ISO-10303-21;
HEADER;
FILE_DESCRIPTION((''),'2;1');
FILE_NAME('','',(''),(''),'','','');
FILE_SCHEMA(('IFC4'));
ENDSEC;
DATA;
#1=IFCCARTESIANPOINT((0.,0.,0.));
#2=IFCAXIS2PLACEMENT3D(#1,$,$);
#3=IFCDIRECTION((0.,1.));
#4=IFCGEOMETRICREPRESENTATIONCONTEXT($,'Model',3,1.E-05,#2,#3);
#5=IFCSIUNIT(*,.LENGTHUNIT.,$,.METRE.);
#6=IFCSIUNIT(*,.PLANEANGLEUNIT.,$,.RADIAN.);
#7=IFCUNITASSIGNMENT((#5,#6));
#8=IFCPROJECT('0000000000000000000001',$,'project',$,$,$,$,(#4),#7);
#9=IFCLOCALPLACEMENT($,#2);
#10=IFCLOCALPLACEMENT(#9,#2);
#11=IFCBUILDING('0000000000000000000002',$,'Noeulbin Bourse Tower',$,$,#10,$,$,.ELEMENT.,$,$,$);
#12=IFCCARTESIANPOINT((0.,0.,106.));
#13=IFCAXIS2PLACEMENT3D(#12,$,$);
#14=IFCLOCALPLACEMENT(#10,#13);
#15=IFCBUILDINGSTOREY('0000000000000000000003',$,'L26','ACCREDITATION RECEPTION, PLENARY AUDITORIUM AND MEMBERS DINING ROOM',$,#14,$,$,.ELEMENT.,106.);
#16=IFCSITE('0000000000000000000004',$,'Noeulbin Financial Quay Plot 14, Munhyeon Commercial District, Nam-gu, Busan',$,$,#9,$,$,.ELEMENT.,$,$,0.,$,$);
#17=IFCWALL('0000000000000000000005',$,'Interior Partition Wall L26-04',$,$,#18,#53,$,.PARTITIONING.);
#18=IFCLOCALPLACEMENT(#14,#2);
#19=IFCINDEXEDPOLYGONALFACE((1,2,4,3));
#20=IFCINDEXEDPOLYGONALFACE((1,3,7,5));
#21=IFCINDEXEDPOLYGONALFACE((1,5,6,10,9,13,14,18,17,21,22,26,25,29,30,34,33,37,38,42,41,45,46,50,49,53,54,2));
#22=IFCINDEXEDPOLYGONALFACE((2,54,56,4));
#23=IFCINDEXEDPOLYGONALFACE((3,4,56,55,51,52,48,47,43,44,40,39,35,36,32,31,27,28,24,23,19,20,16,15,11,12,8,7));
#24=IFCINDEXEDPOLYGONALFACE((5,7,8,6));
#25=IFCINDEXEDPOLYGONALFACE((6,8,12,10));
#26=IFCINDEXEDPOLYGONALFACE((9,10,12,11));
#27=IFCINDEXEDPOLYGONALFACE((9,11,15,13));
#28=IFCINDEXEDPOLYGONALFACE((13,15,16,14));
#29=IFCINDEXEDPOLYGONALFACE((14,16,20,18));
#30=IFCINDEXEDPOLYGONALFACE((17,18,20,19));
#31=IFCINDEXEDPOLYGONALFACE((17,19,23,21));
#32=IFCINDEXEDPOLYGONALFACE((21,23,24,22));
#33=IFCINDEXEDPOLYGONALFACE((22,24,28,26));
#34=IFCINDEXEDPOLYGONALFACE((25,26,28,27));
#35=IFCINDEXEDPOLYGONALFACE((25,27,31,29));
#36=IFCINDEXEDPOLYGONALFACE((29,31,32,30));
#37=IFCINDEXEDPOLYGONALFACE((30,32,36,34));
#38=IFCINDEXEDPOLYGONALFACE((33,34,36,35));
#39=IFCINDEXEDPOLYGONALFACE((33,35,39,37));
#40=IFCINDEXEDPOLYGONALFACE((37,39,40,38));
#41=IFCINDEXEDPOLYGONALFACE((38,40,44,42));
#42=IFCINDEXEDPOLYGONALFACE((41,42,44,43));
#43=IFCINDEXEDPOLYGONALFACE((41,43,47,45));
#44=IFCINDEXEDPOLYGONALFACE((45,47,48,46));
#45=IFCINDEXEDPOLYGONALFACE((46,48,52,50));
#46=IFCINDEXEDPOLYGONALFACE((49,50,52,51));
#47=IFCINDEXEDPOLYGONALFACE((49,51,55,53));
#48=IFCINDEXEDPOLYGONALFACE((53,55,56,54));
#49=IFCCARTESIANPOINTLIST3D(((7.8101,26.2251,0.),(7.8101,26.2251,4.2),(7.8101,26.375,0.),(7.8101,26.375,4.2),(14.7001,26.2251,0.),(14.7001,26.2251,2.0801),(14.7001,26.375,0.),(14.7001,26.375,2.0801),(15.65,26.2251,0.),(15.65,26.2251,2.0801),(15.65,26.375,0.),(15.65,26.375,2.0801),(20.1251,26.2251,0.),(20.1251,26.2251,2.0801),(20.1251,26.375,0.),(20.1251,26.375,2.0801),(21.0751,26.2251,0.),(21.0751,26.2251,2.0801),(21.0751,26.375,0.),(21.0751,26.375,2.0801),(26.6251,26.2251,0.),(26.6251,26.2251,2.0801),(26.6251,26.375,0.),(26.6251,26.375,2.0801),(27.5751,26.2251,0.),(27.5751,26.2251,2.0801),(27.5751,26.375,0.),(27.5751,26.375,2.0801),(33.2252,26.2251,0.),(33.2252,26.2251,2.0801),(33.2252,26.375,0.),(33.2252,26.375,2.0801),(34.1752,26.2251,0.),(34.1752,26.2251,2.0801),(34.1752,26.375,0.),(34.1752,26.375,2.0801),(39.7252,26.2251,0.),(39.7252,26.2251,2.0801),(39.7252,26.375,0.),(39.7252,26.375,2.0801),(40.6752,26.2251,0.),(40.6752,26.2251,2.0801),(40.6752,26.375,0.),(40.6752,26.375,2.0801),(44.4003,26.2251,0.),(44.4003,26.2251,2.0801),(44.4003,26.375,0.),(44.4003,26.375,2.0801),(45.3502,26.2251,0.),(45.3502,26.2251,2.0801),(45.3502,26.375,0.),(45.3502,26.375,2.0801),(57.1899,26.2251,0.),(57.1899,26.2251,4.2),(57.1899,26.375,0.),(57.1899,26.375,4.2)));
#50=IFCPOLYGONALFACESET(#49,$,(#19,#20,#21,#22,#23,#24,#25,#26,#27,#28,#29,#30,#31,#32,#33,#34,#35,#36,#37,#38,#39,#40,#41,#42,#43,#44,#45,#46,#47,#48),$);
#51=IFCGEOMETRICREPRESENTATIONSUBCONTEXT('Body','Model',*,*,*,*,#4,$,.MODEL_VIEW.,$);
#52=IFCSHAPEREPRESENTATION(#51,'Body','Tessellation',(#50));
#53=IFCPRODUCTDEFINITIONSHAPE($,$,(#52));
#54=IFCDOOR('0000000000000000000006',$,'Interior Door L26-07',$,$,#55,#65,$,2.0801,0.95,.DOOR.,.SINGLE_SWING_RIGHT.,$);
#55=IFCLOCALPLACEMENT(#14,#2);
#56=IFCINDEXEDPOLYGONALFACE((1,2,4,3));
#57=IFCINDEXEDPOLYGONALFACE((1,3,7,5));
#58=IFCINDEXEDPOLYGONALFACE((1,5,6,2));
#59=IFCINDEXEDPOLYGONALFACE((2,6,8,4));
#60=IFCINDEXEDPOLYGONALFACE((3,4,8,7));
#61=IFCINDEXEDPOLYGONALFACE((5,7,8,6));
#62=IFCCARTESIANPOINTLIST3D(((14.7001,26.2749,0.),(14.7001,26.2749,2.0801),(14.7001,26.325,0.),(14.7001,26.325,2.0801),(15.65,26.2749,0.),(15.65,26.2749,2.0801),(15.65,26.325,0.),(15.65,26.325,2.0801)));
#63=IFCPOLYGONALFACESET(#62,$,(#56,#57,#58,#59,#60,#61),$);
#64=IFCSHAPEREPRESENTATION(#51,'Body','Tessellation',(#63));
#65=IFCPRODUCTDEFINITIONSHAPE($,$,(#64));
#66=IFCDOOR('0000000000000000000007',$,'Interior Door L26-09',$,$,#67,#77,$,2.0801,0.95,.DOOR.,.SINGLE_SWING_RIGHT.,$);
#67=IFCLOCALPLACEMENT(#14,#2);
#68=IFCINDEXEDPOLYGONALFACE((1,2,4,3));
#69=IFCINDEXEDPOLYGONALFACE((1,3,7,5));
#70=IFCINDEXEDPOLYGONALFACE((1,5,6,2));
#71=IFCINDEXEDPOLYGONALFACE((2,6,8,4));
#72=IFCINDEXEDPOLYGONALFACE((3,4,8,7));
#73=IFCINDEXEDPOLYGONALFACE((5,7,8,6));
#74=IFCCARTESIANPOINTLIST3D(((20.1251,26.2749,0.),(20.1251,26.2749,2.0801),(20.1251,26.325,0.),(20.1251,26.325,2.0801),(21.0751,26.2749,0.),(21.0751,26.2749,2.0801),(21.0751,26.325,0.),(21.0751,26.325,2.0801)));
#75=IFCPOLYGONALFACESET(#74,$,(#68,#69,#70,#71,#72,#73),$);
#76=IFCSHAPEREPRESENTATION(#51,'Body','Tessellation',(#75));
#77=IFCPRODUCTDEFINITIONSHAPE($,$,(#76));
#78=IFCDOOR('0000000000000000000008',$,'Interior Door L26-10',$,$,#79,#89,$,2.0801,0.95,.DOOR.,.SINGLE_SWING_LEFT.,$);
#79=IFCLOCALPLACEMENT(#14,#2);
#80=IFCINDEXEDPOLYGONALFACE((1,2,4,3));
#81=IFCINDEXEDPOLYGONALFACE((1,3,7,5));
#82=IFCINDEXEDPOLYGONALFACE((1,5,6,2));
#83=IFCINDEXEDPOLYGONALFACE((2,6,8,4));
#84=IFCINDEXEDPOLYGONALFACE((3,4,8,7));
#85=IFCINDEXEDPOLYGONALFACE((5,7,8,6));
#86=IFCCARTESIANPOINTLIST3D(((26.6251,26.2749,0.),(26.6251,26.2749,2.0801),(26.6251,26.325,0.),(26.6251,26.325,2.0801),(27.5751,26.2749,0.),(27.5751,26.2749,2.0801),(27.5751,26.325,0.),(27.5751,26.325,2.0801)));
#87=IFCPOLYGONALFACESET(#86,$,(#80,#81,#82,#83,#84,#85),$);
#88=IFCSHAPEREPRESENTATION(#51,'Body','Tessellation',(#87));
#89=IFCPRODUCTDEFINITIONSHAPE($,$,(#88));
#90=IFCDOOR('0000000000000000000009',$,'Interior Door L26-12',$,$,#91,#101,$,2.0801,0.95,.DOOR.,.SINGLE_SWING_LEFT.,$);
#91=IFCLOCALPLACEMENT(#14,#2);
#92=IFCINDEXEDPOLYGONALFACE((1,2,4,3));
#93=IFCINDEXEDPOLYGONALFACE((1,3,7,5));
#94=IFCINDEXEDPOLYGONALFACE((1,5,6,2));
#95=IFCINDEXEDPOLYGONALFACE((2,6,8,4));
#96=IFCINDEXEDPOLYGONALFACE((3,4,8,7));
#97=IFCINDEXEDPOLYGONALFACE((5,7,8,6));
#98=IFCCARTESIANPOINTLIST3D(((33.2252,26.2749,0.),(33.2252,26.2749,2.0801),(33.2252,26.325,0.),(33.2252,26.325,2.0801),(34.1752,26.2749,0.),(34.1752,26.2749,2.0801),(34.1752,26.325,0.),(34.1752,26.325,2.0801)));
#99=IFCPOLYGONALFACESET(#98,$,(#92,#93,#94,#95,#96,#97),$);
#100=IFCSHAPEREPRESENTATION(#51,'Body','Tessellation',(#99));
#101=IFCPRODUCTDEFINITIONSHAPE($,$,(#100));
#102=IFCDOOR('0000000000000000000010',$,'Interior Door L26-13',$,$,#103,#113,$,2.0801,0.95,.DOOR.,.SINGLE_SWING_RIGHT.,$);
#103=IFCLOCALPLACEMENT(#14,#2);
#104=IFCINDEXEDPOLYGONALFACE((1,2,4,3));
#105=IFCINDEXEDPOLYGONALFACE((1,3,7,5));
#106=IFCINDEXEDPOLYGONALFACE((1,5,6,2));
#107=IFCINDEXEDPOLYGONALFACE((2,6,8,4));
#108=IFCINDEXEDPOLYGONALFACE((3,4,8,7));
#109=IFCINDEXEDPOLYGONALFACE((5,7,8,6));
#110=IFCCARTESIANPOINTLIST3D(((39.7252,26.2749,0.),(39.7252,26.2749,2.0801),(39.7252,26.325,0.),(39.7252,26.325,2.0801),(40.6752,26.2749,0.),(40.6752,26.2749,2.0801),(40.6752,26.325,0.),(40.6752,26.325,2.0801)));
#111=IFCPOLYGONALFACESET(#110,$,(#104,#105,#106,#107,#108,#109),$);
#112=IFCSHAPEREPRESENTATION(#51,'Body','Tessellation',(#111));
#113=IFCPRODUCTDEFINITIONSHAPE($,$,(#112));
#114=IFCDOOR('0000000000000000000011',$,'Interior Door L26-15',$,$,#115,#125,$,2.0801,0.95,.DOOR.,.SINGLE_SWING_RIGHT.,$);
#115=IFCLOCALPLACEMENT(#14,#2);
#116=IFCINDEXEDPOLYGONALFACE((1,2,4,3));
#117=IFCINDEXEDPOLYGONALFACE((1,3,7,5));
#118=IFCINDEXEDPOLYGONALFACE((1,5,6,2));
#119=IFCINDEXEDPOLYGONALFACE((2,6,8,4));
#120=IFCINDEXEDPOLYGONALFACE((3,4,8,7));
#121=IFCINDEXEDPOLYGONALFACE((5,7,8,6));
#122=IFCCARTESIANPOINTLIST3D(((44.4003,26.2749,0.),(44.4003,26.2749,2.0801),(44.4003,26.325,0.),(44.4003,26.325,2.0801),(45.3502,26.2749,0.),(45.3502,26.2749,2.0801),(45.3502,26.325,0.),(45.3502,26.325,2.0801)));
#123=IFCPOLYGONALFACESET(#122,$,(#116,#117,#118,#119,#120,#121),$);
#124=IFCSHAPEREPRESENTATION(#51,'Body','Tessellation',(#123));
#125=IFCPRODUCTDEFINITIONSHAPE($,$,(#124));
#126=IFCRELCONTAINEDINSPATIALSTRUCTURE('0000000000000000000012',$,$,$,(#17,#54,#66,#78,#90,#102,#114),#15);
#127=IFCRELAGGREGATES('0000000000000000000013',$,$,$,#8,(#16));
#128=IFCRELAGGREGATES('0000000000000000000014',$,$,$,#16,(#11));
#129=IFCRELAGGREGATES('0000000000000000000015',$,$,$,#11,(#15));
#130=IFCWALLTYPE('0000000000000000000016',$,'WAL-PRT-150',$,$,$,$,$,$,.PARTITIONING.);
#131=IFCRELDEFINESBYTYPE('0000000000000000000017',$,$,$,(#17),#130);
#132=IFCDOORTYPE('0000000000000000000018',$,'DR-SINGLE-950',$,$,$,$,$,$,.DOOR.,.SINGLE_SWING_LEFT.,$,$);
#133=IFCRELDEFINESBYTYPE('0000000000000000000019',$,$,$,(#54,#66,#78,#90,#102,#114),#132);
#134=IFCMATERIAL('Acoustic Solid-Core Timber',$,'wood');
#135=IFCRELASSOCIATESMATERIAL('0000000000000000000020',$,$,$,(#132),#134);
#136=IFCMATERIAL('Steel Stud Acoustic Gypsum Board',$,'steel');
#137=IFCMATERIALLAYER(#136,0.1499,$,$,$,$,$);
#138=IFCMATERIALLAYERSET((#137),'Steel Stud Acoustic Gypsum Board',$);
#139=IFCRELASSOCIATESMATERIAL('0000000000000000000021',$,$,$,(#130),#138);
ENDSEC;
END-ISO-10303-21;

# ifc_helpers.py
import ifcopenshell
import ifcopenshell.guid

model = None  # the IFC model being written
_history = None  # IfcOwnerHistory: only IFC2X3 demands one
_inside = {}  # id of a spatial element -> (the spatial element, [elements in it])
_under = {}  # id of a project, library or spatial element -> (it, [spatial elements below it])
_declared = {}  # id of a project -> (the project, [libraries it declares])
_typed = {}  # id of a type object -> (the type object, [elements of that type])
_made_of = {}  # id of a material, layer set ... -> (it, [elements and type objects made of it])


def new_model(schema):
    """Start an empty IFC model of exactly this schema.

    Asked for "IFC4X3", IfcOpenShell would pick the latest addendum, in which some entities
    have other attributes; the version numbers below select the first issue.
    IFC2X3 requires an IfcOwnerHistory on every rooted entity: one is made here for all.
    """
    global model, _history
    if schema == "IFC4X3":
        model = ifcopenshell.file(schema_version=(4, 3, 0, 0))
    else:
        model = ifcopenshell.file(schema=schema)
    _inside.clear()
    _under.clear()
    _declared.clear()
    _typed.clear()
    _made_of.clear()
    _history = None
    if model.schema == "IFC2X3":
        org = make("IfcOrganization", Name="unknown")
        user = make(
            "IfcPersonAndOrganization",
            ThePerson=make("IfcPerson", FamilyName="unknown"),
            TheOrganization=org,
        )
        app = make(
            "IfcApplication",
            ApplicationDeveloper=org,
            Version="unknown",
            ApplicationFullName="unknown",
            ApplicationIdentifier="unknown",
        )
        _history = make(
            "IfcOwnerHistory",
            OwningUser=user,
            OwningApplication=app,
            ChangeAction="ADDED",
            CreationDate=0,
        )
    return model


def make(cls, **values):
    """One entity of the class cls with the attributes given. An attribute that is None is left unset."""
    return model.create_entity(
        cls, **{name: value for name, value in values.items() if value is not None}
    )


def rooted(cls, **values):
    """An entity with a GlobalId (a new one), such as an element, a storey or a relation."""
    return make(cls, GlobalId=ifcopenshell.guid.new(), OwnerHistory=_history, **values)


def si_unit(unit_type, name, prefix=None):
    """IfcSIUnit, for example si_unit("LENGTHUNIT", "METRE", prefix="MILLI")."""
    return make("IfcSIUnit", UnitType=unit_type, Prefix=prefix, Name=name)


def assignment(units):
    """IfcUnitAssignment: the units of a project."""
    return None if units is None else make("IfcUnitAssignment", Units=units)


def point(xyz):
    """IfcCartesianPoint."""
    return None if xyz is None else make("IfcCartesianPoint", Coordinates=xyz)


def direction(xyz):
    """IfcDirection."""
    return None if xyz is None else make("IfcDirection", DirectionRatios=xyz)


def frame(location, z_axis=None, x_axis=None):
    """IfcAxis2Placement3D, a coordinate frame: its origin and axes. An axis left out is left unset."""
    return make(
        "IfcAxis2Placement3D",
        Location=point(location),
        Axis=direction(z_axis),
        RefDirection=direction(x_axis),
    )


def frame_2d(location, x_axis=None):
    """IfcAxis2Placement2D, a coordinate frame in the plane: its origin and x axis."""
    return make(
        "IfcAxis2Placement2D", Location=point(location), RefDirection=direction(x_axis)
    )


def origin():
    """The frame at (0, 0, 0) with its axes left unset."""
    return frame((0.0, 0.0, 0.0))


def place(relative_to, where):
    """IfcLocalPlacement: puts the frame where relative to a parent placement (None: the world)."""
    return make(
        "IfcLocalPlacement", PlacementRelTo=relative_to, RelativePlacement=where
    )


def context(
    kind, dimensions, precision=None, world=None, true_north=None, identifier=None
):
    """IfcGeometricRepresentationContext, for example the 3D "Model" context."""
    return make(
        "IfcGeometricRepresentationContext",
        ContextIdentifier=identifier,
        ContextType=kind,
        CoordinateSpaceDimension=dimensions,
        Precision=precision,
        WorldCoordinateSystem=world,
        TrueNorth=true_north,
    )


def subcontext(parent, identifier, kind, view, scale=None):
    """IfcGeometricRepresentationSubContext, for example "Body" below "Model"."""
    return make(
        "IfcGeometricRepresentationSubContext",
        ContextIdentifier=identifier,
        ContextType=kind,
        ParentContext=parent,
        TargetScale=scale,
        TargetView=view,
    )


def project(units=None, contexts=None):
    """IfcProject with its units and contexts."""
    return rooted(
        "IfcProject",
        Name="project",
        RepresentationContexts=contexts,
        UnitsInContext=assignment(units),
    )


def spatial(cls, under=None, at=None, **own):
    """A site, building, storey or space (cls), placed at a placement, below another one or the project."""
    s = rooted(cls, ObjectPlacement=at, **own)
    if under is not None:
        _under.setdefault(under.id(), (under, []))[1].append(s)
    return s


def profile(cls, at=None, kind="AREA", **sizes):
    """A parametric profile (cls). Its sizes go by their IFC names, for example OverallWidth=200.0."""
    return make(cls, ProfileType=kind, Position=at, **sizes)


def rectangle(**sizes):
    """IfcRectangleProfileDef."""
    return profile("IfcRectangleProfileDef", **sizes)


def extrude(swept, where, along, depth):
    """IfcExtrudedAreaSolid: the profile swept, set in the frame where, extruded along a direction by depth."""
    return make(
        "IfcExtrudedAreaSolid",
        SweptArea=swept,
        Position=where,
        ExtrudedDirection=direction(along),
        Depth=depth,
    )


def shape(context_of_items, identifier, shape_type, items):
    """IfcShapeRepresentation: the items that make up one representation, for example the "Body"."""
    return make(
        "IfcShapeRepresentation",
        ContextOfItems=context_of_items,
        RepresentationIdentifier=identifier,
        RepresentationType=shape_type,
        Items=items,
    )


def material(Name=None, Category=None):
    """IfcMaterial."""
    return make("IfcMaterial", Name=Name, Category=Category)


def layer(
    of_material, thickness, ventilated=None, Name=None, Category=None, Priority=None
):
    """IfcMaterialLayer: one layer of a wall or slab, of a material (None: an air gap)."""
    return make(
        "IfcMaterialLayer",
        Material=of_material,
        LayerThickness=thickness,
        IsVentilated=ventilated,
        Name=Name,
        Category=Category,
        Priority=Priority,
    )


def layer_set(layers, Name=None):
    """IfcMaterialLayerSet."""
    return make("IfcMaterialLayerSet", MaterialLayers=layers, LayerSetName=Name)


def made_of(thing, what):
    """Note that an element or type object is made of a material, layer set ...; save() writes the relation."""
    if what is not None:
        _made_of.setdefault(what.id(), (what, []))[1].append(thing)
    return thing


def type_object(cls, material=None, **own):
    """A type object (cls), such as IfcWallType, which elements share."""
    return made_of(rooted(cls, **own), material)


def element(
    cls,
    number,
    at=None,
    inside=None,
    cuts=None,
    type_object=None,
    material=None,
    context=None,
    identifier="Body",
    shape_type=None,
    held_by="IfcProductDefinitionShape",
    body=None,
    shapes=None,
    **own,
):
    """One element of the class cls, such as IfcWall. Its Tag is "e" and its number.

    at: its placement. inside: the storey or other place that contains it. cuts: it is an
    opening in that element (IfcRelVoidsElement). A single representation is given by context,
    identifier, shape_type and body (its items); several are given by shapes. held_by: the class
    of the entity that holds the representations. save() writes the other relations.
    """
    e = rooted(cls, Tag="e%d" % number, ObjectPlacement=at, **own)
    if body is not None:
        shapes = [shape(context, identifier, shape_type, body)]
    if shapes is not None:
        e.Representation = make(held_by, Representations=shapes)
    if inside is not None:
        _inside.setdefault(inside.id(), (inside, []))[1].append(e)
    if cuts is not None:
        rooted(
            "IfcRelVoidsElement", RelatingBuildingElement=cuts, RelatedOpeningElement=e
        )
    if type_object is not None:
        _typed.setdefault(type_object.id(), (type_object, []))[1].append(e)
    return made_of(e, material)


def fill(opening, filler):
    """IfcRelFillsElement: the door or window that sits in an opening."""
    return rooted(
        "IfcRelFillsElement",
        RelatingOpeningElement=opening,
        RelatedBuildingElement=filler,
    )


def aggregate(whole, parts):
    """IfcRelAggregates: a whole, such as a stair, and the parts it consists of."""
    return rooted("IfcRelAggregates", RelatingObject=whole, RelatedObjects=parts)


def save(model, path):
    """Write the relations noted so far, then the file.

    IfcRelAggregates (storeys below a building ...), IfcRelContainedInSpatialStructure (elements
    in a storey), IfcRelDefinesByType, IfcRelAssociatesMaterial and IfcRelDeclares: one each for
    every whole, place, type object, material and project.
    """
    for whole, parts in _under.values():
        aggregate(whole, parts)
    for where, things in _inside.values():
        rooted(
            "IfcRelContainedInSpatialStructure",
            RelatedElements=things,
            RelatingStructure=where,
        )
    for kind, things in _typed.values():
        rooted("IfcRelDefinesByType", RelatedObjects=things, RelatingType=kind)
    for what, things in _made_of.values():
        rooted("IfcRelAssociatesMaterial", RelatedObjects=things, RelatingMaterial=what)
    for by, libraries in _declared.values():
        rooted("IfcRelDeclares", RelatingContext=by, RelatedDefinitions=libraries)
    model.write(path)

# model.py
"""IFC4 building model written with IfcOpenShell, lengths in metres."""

from ifc_helpers import new_model, si_unit, direction, frame, frame_2d, origin, place, context, subcontext, project, spatial, rectangle, extrude, material, layer, layer_set, type_object, element, fill, save


model = new_model("IFC4")

# Units and contexts
model_context = context("Model", 3, precision=1e-05, world=origin(), true_north=direction((0.0, 1.0)))
body_context = subcontext(model_context, "Body", "Model", "MODEL_VIEW")
ifc_project = project(units=[si_unit("LENGTHUNIT", "METRE"), si_unit("PLANEANGLEUNIT", "RADIAN")], contexts=[model_context])

# Site, building, storey
site_placement = place(None, origin())
site = spatial("IfcSite", under=ifc_project, at=site_placement, Name="Noeulbin Financial Quay Plot 14, Munhyeon Commercial District, Nam-gu, Busan", CompositionType="ELEMENT", RefElevation=0.0)
building_placement = place(site_placement, origin())
building = spatial("IfcBuilding", under=site, at=building_placement, Name="Noeulbin Bourse Tower", CompositionType="ELEMENT")
storey_placement = place(building_placement, frame((0.0, 0.0, 106.0)))
storey = spatial("IfcBuildingStorey", under=building, at=storey_placement, Name="L26", Description="ACCREDITATION RECEPTION, PLENARY AUDITORIUM AND MEMBERS DINING ROOM", CompositionType="ELEMENT", Elevation=106.0)

# Wall, openings, doors
ifc_material_1 = material(Name="Acoustic Solid-Core Timber", Category="wood")
door_type_1 = type_object("IfcDoorType", Name="DR-SINGLE-950", OperationType="SINGLE_SWING_LEFT", PredefinedType="DOOR", material=ifc_material_1)
ifc_material_2 = material(Name="Steel Stud Acoustic Gypsum Board", Category="steel")
ifc_layer_1 = layer(ifc_material_2, 0.1499)
ifc_layer_set_1 = layer_set([ifc_layer_1], Name="Steel Stud Acoustic Gypsum Board")
wall_type_1 = type_object("IfcWallType", Name="WAL-PRT-150", PredefinedType="PARTITIONING", material=ifc_layer_set_1)
wall_1_placement = place(storey_placement, frame((7.8101, 26.3, 0.0), z_axis=(0.0, 0.0, 1.0), x_axis=(1.0, 0.0, 0.0)))
wall_1 = element("IfcWall", 1, at=wall_1_placement, inside=storey, type_object=wall_type_1, Name="Interior Partition Wall L26-04", PredefinedType="PARTITIONING", context=body_context, shape_type="SweptSolid", body=[
    extrude(rectangle(XDim=49.3799, YDim=0.1499, at=frame_2d((24.6899, 0.0))), origin(), (0.0, 0.0, 1.0), 4.2),
])
opening_1_placement = place(wall_1_placement, frame((6.8899, 0.0, 0.0)))
opening_1 = element("IfcOpeningElement", 2, at=opening_1_placement, cuts=wall_1, PredefinedType="OPENING", context=body_context, shape_type="SweptSolid", body=[
    extrude(rectangle(XDim=0.95, YDim=2.0801, at=frame_2d((0.4751, 1.04))), frame((0.0, 0.085, 0.0), z_axis=(0.0, -1.0, 0.0), x_axis=(1.0, 0.0, 0.0)), (0.0, 0.0, 1.0), 0.1699),
])
opening_2_placement = place(wall_1_placement, frame((12.3149, 0.0, 0.0)))
opening_2 = element("IfcOpeningElement", 3, at=opening_2_placement, cuts=wall_1, PredefinedType="OPENING", context=body_context, shape_type="SweptSolid", body=[
    extrude(rectangle(XDim=0.95, YDim=2.0801, at=frame_2d((0.4751, 1.04))), frame((0.0, 0.085, 0.0), z_axis=(0.0, -1.0, 0.0), x_axis=(1.0, 0.0, 0.0)), (0.0, 0.0, 1.0), 0.1699),
])
opening_3_placement = place(wall_1_placement, frame((18.8149, 0.0, 0.0)))
opening_3 = element("IfcOpeningElement", 4, at=opening_3_placement, cuts=wall_1, PredefinedType="OPENING", context=body_context, shape_type="SweptSolid", body=[
    extrude(rectangle(XDim=0.95, YDim=2.0801, at=frame_2d((0.4751, 1.04))), frame((0.0, 0.085, 0.0), z_axis=(0.0, -1.0, 0.0), x_axis=(1.0, 0.0, 0.0)), (0.0, 0.0, 1.0), 0.1699),
])
opening_4_placement = place(wall_1_placement, frame((25.415, 0.0, 0.0)))
opening_4 = element("IfcOpeningElement", 5, at=opening_4_placement, cuts=wall_1, PredefinedType="OPENING", context=body_context, shape_type="SweptSolid", body=[
    extrude(rectangle(XDim=0.95, YDim=2.0801, at=frame_2d((0.4751, 1.04))), frame((0.0, 0.085, 0.0), z_axis=(0.0, -1.0, 0.0), x_axis=(1.0, 0.0, 0.0)), (0.0, 0.0, 1.0), 0.1699),
])
opening_5_placement = place(wall_1_placement, frame((31.915, 0.0, 0.0)))
opening_5 = element("IfcOpeningElement", 6, at=opening_5_placement, cuts=wall_1, PredefinedType="OPENING", context=body_context, shape_type="SweptSolid", body=[
    extrude(rectangle(XDim=0.95, YDim=2.0801, at=frame_2d((0.4751, 1.04))), frame((0.0, 0.085, 0.0), z_axis=(0.0, -1.0, 0.0), x_axis=(1.0, 0.0, 0.0)), (0.0, 0.0, 1.0), 0.1699),
])
opening_6_placement = place(wall_1_placement, frame((36.5901, 0.0, 0.0)))
opening_6 = element("IfcOpeningElement", 7, at=opening_6_placement, cuts=wall_1, PredefinedType="OPENING", context=body_context, shape_type="SweptSolid", body=[
    extrude(rectangle(XDim=0.95, YDim=2.0801, at=frame_2d((0.4751, 1.04))), frame((0.0, 0.085, 0.0), z_axis=(0.0, -1.0, 0.0), x_axis=(1.0, 0.0, 0.0)), (0.0, 0.0, 1.0), 0.1699),
])
door_1_placement = place(opening_1_placement, origin())
door_1 = element("IfcDoor", 8, at=door_1_placement, inside=storey, type_object=door_type_1, Name="Interior Door L26-07", OperationType="SINGLE_SWING_RIGHT", OverallHeight=2.0801, OverallWidth=0.95, PredefinedType="DOOR", context=body_context, shape_type="SweptSolid", body=[
    extrude(rectangle(XDim=0.95, YDim=2.0801, at=frame_2d((0.4751, 1.04))), frame((0.0, 0.0249, 0.0), z_axis=(0.0, -1.0, 0.0), x_axis=(1.0, 0.0, 0.0)), (0.0, 0.0, 1.0), 0.05),
])
fill(opening_1, door_1)
door_2_placement = place(opening_2_placement, origin())
door_2 = element("IfcDoor", 9, at=door_2_placement, inside=storey, type_object=door_type_1, Name="Interior Door L26-09", OperationType="SINGLE_SWING_RIGHT", OverallHeight=2.0801, OverallWidth=0.95, PredefinedType="DOOR", context=body_context, shape_type="SweptSolid", body=[
    extrude(rectangle(XDim=0.95, YDim=2.0801, at=frame_2d((0.4751, 1.04))), frame((0.0, 0.0249, 0.0), z_axis=(0.0, -1.0, 0.0), x_axis=(1.0, 0.0, 0.0)), (0.0, 0.0, 1.0), 0.05),
])
fill(opening_2, door_2)
door_3_placement = place(opening_3_placement, origin())
door_3 = element("IfcDoor", 10, at=door_3_placement, inside=storey, type_object=door_type_1, Name="Interior Door L26-10", OperationType="SINGLE_SWING_LEFT", OverallHeight=2.0801, OverallWidth=0.95, PredefinedType="DOOR", context=body_context, shape_type="SweptSolid", body=[
    extrude(rectangle(XDim=0.95, YDim=2.0801, at=frame_2d((0.4751, 1.04))), frame((0.0, 0.0249, 0.0), z_axis=(0.0, -1.0, 0.0), x_axis=(1.0, 0.0, 0.0)), (0.0, 0.0, 1.0), 0.05),
])
fill(opening_3, door_3)
door_4_placement = place(opening_4_placement, origin())
door_4 = element("IfcDoor", 11, at=door_4_placement, inside=storey, type_object=door_type_1, Name="Interior Door L26-12", OperationType="SINGLE_SWING_LEFT", OverallHeight=2.0801, OverallWidth=0.95, PredefinedType="DOOR", context=body_context, shape_type="SweptSolid", body=[
    extrude(rectangle(XDim=0.95, YDim=2.0801, at=frame_2d((0.4751, 1.04))), frame((0.0, 0.0249, 0.0), z_axis=(0.0, -1.0, 0.0), x_axis=(1.0, 0.0, 0.0)), (0.0, 0.0, 1.0), 0.05),
])
fill(opening_4, door_4)
door_5_placement = place(opening_5_placement, origin())
door_5 = element("IfcDoor", 12, at=door_5_placement, inside=storey, type_object=door_type_1, Name="Interior Door L26-13", OperationType="SINGLE_SWING_RIGHT", OverallHeight=2.0801, OverallWidth=0.95, PredefinedType="DOOR", context=body_context, shape_type="SweptSolid", body=[
    extrude(rectangle(XDim=0.95, YDim=2.0801, at=frame_2d((0.4751, 1.04))), frame((0.0, 0.0249, 0.0), z_axis=(0.0, -1.0, 0.0), x_axis=(1.0, 0.0, 0.0)), (0.0, 0.0, 1.0), 0.05),
])
fill(opening_5, door_5)
door_6_placement = place(opening_6_placement, origin())
door_6 = element("IfcDoor", 13, at=door_6_placement, inside=storey, type_object=door_type_1, Name="Interior Door L26-15", OperationType="SINGLE_SWING_RIGHT", OverallHeight=2.0801, OverallWidth=0.95, PredefinedType="DOOR", context=body_context, shape_type="SweptSolid", body=[
    extrude(rectangle(XDim=0.95, YDim=2.0801, at=frame_2d((0.4751, 1.04))), frame((0.0, 0.0249, 0.0), z_axis=(0.0, -1.0, 0.0), x_axis=(1.0, 0.0, 0.0)), (0.0, 0.0, 1.0), 0.05),
])
fill(opening_6, door_6)

save(model, "model.ifc")
